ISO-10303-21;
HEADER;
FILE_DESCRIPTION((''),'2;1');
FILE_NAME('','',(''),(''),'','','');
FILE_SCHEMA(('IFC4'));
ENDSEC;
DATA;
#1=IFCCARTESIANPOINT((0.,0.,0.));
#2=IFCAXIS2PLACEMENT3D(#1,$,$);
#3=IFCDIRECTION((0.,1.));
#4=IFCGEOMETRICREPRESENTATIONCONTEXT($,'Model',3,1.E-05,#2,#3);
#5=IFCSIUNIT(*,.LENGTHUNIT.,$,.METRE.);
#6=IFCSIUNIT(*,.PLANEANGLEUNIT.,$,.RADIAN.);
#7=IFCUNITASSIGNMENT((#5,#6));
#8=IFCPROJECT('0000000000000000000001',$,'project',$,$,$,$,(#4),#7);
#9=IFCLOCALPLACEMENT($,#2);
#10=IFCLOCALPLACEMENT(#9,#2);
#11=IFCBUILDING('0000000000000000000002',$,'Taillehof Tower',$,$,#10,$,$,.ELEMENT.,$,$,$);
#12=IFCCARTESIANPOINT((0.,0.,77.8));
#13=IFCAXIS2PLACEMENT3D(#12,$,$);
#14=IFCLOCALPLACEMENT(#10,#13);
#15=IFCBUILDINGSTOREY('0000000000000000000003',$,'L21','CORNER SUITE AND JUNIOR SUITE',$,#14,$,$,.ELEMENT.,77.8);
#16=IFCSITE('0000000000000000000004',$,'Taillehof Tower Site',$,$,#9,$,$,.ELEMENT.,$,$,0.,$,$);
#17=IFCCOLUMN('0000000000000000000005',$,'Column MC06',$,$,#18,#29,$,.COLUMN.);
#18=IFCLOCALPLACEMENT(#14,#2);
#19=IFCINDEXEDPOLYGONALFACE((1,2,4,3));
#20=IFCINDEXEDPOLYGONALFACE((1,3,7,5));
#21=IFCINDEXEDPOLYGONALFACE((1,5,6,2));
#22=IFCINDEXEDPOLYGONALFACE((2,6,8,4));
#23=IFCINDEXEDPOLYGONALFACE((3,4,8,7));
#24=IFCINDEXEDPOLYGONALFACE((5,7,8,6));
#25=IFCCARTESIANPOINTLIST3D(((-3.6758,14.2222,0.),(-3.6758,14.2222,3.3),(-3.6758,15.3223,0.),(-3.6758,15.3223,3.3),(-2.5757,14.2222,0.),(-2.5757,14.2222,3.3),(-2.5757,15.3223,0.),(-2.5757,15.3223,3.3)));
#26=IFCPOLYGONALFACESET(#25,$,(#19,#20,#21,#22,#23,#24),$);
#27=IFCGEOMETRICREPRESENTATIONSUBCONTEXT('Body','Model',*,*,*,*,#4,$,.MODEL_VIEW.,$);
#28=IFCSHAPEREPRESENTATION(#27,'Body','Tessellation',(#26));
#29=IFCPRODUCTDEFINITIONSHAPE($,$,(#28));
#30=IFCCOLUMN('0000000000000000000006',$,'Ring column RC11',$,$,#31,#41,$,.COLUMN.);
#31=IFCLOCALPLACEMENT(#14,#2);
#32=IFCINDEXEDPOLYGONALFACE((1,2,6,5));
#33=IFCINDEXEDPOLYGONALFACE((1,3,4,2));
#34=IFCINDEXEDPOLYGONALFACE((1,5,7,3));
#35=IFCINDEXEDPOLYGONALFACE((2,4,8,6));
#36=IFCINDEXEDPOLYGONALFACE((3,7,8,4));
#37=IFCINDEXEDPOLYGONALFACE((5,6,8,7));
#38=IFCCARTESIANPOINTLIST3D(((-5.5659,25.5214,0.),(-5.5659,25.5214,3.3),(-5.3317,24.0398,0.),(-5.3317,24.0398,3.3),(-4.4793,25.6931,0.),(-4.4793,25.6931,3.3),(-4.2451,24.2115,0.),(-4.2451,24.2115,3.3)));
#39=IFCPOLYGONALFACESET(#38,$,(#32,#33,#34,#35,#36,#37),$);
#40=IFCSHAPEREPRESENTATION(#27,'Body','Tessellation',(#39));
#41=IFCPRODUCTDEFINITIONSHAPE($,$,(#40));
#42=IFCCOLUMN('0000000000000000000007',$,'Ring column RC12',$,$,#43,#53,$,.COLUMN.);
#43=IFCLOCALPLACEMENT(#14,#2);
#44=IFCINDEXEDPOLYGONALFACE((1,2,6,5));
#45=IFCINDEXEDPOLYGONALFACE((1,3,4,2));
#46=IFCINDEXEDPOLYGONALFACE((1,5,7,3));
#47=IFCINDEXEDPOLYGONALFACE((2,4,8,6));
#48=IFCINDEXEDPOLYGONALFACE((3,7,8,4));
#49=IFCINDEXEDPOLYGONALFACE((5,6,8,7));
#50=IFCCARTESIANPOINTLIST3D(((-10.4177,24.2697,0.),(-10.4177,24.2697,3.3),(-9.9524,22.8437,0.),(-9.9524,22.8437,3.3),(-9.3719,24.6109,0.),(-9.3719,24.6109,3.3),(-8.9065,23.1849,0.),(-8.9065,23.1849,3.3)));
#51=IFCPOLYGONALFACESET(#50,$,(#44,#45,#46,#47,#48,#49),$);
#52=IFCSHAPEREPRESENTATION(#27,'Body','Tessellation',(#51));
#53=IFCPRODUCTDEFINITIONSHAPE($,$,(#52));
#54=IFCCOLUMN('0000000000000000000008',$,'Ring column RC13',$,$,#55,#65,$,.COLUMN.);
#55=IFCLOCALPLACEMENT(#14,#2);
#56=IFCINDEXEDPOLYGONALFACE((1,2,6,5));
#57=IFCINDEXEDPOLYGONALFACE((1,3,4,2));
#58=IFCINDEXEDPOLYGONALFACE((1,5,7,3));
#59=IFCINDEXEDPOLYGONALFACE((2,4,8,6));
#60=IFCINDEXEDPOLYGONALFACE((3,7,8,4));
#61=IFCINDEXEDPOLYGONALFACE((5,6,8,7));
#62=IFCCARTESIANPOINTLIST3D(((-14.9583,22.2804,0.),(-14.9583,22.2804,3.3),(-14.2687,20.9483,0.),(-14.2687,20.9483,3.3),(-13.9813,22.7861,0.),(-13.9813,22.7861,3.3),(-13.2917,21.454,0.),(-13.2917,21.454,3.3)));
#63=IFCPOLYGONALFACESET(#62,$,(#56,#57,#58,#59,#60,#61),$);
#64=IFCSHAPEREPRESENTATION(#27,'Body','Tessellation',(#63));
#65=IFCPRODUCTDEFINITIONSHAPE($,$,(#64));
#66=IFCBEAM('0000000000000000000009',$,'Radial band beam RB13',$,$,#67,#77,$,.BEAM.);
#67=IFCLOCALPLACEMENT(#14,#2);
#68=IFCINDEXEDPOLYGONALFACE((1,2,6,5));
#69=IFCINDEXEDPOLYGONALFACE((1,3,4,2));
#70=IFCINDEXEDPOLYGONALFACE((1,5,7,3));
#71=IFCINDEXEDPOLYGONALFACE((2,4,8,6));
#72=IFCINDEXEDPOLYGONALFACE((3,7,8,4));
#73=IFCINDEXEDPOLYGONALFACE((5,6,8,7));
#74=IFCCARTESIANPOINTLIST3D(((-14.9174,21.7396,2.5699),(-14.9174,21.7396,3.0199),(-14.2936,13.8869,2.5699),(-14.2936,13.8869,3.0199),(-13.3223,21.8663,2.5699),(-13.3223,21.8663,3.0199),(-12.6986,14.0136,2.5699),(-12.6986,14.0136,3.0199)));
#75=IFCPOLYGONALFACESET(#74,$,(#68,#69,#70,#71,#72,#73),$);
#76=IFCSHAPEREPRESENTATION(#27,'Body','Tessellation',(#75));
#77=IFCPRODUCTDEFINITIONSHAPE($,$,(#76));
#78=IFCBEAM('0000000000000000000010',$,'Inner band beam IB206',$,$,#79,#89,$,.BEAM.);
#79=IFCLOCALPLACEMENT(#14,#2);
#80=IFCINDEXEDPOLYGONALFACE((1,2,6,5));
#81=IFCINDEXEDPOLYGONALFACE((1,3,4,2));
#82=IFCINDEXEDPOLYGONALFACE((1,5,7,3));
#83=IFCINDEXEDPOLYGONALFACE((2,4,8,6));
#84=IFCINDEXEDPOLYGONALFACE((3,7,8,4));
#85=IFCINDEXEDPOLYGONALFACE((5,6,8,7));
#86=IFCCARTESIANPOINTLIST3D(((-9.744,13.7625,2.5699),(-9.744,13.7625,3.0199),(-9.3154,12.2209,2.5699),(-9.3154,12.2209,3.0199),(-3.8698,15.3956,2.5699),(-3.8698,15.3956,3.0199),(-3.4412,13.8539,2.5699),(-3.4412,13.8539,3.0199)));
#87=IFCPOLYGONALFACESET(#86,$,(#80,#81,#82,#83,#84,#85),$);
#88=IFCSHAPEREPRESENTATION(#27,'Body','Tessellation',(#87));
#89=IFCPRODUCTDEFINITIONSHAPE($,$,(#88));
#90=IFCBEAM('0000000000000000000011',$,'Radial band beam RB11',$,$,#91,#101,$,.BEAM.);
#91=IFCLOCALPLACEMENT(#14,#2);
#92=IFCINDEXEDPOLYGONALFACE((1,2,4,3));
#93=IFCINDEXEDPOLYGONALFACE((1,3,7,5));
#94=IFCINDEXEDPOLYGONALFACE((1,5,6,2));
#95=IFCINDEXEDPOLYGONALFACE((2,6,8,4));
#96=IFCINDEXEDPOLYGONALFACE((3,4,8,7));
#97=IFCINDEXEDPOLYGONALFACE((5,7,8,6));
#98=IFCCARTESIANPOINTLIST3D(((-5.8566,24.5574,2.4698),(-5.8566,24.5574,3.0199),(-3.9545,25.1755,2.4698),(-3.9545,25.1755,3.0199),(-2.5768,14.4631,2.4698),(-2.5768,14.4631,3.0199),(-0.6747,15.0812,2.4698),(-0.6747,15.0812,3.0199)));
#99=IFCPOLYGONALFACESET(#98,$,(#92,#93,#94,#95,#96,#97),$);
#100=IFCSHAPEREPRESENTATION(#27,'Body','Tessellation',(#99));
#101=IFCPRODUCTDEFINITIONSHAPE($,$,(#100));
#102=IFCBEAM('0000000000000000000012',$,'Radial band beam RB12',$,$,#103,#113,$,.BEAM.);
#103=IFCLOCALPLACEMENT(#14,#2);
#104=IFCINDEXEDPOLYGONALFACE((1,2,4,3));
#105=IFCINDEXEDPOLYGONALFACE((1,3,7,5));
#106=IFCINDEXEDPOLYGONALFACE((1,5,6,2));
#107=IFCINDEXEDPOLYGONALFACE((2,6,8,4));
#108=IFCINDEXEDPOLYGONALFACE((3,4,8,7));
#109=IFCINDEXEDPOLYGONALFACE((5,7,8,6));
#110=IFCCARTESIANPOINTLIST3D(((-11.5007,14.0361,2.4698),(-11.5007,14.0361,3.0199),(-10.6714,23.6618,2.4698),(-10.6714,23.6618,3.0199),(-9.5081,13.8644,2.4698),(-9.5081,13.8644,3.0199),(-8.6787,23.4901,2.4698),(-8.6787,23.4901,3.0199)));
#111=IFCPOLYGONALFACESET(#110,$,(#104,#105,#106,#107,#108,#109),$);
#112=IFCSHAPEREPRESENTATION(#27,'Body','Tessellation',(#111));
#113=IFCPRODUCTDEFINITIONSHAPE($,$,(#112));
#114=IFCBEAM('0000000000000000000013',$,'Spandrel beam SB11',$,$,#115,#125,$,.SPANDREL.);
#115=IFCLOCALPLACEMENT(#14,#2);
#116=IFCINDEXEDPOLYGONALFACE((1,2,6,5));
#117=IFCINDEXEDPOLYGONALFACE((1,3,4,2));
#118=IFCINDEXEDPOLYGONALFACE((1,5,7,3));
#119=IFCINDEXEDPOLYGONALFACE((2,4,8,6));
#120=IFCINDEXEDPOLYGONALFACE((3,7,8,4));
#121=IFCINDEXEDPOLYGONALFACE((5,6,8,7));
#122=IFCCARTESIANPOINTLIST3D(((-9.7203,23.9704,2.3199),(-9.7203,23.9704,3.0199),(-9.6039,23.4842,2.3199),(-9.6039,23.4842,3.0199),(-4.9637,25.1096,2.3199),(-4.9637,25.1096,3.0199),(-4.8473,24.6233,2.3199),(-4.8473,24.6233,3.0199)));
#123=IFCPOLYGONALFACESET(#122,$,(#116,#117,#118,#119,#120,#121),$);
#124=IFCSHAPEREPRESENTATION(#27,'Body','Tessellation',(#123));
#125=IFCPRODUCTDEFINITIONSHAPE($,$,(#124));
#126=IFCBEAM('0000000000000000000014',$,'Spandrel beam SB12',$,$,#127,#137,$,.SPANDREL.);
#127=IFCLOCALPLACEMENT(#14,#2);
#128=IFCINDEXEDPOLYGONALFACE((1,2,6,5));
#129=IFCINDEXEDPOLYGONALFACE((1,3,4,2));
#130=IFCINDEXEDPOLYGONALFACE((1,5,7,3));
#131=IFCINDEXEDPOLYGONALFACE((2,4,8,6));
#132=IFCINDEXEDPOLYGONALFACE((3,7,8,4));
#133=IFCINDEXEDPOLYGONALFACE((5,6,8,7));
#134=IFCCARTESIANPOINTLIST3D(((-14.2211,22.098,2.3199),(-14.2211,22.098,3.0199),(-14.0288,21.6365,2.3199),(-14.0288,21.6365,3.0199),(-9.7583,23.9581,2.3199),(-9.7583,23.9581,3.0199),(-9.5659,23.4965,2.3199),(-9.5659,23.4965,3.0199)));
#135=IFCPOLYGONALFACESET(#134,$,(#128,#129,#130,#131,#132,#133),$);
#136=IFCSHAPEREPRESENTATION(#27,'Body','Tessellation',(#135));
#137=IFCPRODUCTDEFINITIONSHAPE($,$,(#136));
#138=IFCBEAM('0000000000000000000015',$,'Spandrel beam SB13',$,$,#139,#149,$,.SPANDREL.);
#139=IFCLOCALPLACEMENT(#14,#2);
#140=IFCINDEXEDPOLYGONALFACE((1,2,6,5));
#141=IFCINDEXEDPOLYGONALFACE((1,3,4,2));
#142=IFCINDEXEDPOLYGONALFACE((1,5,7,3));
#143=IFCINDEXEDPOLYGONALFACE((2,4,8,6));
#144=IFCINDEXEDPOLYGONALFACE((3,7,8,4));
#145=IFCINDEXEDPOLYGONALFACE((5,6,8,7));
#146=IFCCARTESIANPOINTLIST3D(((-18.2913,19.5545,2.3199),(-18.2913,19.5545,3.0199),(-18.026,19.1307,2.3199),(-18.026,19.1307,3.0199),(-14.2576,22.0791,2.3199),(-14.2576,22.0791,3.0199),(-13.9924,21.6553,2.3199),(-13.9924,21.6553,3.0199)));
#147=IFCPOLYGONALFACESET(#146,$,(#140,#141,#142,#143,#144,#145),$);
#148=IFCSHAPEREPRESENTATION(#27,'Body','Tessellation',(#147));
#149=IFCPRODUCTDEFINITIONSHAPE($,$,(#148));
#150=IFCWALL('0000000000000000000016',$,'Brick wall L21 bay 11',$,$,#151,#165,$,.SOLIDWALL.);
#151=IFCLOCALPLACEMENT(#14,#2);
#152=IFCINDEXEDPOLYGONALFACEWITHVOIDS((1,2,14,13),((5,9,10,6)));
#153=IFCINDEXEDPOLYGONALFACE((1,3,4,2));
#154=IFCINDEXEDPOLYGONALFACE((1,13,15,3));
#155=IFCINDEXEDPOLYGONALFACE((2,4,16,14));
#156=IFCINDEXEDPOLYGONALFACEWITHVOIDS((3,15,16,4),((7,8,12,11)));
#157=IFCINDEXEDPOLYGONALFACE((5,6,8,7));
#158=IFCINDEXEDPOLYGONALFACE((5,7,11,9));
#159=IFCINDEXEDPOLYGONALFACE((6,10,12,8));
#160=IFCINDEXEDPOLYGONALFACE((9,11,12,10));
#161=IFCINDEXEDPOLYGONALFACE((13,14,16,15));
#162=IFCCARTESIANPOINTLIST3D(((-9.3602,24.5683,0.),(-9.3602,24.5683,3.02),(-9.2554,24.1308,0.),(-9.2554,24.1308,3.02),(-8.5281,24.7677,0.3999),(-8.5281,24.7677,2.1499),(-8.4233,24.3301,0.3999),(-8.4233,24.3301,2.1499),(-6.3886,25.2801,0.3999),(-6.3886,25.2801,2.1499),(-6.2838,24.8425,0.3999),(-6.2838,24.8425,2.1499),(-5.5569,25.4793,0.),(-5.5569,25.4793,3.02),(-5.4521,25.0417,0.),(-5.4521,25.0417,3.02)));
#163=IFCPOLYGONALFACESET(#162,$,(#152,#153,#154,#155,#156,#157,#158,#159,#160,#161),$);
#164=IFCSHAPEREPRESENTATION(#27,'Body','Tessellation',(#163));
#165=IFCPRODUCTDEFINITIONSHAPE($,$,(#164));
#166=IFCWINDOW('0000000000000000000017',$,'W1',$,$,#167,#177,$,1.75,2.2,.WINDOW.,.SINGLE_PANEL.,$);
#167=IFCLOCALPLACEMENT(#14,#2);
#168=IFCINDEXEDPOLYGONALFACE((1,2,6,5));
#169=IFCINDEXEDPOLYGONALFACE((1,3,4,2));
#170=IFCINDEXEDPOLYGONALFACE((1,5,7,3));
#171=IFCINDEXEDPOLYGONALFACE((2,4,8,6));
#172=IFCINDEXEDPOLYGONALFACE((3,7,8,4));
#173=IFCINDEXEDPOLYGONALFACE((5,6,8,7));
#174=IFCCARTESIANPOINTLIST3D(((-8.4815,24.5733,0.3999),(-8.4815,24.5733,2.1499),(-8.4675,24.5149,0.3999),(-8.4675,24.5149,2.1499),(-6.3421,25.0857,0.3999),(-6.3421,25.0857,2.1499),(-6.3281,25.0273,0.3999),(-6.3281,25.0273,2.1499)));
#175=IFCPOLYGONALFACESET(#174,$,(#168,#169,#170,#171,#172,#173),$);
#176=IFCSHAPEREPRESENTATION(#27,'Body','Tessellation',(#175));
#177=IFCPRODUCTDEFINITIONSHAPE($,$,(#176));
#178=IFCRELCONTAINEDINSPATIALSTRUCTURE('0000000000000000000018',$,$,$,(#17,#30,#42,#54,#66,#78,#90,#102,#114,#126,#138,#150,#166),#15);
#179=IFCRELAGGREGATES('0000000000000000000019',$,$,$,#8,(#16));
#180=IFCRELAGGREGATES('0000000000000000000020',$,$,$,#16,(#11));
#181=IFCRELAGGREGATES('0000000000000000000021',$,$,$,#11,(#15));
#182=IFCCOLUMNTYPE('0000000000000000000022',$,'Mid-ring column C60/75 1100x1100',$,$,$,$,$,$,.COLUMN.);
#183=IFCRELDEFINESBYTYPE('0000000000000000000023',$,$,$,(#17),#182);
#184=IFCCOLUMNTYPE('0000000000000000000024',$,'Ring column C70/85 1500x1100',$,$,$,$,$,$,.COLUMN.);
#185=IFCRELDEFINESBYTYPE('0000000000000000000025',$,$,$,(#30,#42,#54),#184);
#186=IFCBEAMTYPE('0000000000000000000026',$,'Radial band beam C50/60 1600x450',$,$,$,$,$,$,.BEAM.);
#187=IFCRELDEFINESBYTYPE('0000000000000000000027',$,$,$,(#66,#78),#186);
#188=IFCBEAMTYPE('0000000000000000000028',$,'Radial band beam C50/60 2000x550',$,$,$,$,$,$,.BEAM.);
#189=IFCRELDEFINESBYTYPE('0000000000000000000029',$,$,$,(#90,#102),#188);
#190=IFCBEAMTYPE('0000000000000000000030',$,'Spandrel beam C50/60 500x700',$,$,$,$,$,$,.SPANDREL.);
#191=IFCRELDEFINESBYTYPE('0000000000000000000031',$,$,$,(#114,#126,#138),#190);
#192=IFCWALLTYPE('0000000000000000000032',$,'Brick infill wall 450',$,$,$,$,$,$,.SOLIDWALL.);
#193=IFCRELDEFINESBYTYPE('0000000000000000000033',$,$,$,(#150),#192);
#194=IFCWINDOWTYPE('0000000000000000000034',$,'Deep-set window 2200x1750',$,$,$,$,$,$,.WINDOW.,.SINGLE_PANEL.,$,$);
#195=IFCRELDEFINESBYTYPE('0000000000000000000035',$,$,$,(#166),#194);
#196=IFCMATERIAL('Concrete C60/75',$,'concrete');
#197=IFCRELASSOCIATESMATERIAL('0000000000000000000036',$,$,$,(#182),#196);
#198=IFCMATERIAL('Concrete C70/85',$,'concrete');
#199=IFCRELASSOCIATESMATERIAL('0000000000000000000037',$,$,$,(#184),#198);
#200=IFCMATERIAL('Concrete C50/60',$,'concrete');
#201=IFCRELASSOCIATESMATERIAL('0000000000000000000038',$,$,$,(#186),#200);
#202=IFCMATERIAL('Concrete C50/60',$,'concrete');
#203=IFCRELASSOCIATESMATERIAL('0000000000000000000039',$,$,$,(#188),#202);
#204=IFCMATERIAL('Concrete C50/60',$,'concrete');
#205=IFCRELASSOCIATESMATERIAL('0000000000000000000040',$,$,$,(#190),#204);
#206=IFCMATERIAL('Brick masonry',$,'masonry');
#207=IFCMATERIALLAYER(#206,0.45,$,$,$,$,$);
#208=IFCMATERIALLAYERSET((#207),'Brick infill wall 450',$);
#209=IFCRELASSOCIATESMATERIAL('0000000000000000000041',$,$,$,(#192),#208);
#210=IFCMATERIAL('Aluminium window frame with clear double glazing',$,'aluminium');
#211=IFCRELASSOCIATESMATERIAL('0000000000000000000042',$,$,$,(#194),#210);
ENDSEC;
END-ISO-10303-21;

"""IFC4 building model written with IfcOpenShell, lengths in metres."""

from ifc_helpers import new_model, si_unit, direction, frame, frame_2d, origin, origin_2d, place, context, subcontext, project, spatial, rectangle, extrude, material, layer, layer_set, material_profile, profile_set, type_object, element, fill, save


model = new_model("IFC4")

# Units and contexts
model_context = context("Model", 3, precision=1e-05, world=origin(), true_north=direction((0.0, 1.0)))
body_context = subcontext(model_context, "Body", "Model", "MODEL_VIEW")
ifc_project = project(units=[si_unit("LENGTHUNIT", "METRE"), si_unit("PLANEANGLEUNIT", "RADIAN")], contexts=[model_context])

# Site, building, storey
site_placement = place(None, origin())
site = spatial("IfcSite", under=ifc_project, at=site_placement, Name="Taillehof Tower Site", CompositionType="ELEMENT", RefElevation=0.0)
building_placement = place(site_placement, origin())
building = spatial("IfcBuilding", under=site, at=building_placement, Name="Taillehof Tower", CompositionType="ELEMENT")
storey_placement = place(building_placement, frame((0.0, 0.0, 77.8)))
storey = spatial("IfcBuildingStorey", under=building, at=storey_placement, Name="L21", Description="CORNER SUITE AND JUNIOR SUITE", CompositionType="ELEMENT", Elevation=77.8)

# Columns
ifc_material_1 = material(Name="Concrete C60/75", Category="concrete")
ifc_material_profile_1 = material_profile(ifc_material_1, rectangle(XDim=1.1001, YDim=1.1001, at=origin_2d()), Name="RC 1100x1100")
ifc_profile_set_1 = profile_set([ifc_material_profile_1], Name="Concrete C60/75")
column_type_1 = type_object("IfcColumnType", Name="Mid-ring column C60/75 1100x1100", PredefinedType="COLUMN", material=ifc_profile_set_1)
column_placement = place(storey_placement, frame((-3.1257, 14.7722, 0.0), z_axis=(0.0, 0.0, 1.0), x_axis=(1.0, 0.0, 0.0)))
element("IfcColumn", 1, at=column_placement, inside=storey, type_object=column_type_1, Name="Column MC06", PredefinedType="COLUMN", context=body_context, shape_type="SweptSolid", body=[
    extrude(rectangle(XDim=1.1001, YDim=1.1001, at=origin_2d()), origin(), (0.0, 0.0, 1.0), 3.3),
])
ifc_material_2 = material(Name="Concrete C70/85", Category="concrete")
ifc_material_profile_2 = material_profile(ifc_material_2, rectangle(XDim=1.5, YDim=1.1001, at=origin_2d()), Name="RC 1500x1100")
ifc_profile_set_2 = profile_set([ifc_material_profile_2], Name="Concrete C70/85")
column_type_2 = type_object("IfcColumnType", Name="Ring column C70/85 1500x1100", PredefinedType="COLUMN", material=ifc_profile_set_2)
for number, where, z_axis, x_axis, name in (
    (2, (-4.9055, 24.8665, 0.0), (0.0, 0.0, 1.0), (-0.156147, 0.987734, 0.0), "Ring column RC11"),
    (3, (-9.6621, 23.7273, 0.0), (0.0, 0.0, 1.0), (-0.310219, 0.950665, 0.0), "Ring column RC12"),
    (4, (-14.125, 21.8672, 0.0), (0.0, 0.0, 1.0), (-0.459691, 0.888079, 0.0), "Ring column RC13"),
):
    element("IfcColumn", number, at=place(storey_placement, frame(where, z_axis=z_axis, x_axis=x_axis)), inside=storey, type_object=column_type_2, Name=name, PredefinedType="COLUMN", context=body_context, shape_type="SweptSolid", body=[
        extrude(rectangle(XDim=1.5, YDim=1.1001, at=origin_2d()), origin(), (0.0, 0.0, 1.0), 3.3),
    ])

# Beams
ifc_material_3 = material(Name="Concrete C50/60", Category="concrete")
ifc_material_profile_3 = material_profile(ifc_material_3, rectangle(XDim=1.6001, YDim=0.45, at=origin_2d()), Name="RC 1600x450")
ifc_profile_set_3 = profile_set([ifc_material_profile_3], Name="Concrete C50/60")
beam_type_1 = type_object("IfcBeamType", Name="Radial band beam C50/60 1600x450", PredefinedType="BEAM", material=ifc_profile_set_3)
beam_1_placement = place(storey_placement, frame((-14.1199, 21.803, 2.7949), z_axis=(0.079185, -0.99686, 0.0), x_axis=(0.99686, 0.079185, 0.0)))
element("IfcBeam", 5, at=beam_1_placement, inside=storey, type_object=beam_type_1, Name="Radial band beam RB13", PredefinedType="BEAM", context=body_context, shape_type="SweptSolid", body=[
    extrude(rectangle(XDim=1.6001, YDim=0.45, at=origin_2d()), origin(), (0.0, 0.0, 1.0), 7.8774),
])
beam_2_placement = place(storey_placement, frame((-3.6555, 14.6248, 2.7949), z_axis=(-0.963459, -0.267855, 0.0), x_axis=(0.267855, -0.963459, 0.0)))
element("IfcBeam", 6, at=beam_2_placement, inside=storey, type_object=beam_type_1, Name="Inner band beam IB206", PredefinedType="BEAM", context=body_context, shape_type="SweptSolid", body=[
    extrude(rectangle(XDim=1.6001, YDim=0.45, at=origin_2d()), origin(), (0.0, 0.0, 1.0), 6.0969),
])
ifc_material_4 = material(Name="Concrete C50/60", Category="concrete")
ifc_material_profile_4 = material_profile(ifc_material_4, rectangle(XDim=2.0, YDim=0.55, at=origin_2d()), Name="RC 2000x550")
ifc_profile_set_4 = profile_set([ifc_material_profile_4], Name="Concrete C50/60")
beam_type_2 = type_object("IfcBeamType", Name="Radial band beam C50/60 2000x550", PredefinedType="BEAM", material=ifc_profile_set_4)
beam_3_placement = place(storey_placement, frame((-4.9055, 24.8665, 2.7449), z_axis=(0.309014, -0.951057, 0.0), x_axis=(0.951057, 0.309014, 0.0)))
element("IfcBeam", 7, at=beam_3_placement, inside=storey, type_object=beam_type_2, Name="Radial band beam RB11", PredefinedType="BEAM", context=body_context, shape_type="SweptSolid", body=[
    extrude(rectangle(XDim=2.0, YDim=0.55, at=origin_2d()), origin(), (0.0, 0.0, 1.0), 10.6138),
])
beam_4_placement = place(storey_placement, frame((-9.675, 23.5759, 2.7449), z_axis=(-0.085841, -0.996309, 0.0), x_axis=(0.996309, -0.085841, 0.0)))
element("IfcBeam", 8, at=beam_4_placement, inside=storey, type_object=beam_type_2, Name="Radial band beam RB12", PredefinedType="BEAM", context=body_context, shape_type="SweptSolid", body=[
    extrude(rectangle(XDim=2.0, YDim=0.55, at=origin_2d()), origin(), (0.0, 0.0, 1.0), 9.6614),
])
ifc_material_5 = material(Name="Concrete C50/60", Category="concrete")
ifc_material_profile_5 = material_profile(ifc_material_5, rectangle(XDim=0.5, YDim=0.7, at=origin_2d()), Name="RC 500x700")
ifc_profile_set_5 = profile_set([ifc_material_profile_5], Name="Concrete C50/60")
beam_type_3 = type_object("IfcBeamType", Name="Spandrel beam C50/60 500x700", PredefinedType="SPANDREL", material=ifc_profile_set_5)
beam_5_placement = place(storey_placement, frame((-4.9055, 24.8665, 2.6699), z_axis=(-0.9725, -0.232905, 0.0), x_axis=(0.232905, -0.9725, 0.0)))
element("IfcBeam", 9, at=beam_5_placement, inside=storey, type_object=beam_type_3, Name="Spandrel beam SB11", PredefinedType="SPANDREL", context=body_context, shape_type="SweptSolid", body=[
    extrude(rectangle(XDim=0.5, YDim=0.7, at=origin_2d()), origin(), (0.0, 0.0, 1.0), 4.8911),
])
beam_6_placement = place(storey_placement, frame((-9.6621, 23.7273, 2.6699), z_axis=(-0.923035, -0.384716, 0.0), x_axis=(0.384716, -0.923035, 0.0)))
element("IfcBeam", 10, at=beam_6_placement, inside=storey, type_object=beam_type_3, Name="Spandrel beam SB12", PredefinedType="SPANDREL", context=body_context, shape_type="SweptSolid", body=[
    extrude(rectangle(XDim=0.5, YDim=0.7, at=origin_2d()), origin(), (0.0, 0.0, 1.0), 4.835),
])
beam_7_placement = place(storey_placement, frame((-14.125, 21.8672, 2.6699), z_axis=(-0.847658, -0.530543, 0.0), x_axis=(0.530543, -0.847658, 0.0)))
element("IfcBeam", 11, at=beam_7_placement, inside=storey, type_object=beam_type_3, Name="Spandrel beam SB13", PredefinedType="SPANDREL", context=body_context, shape_type="SweptSolid", body=[
    extrude(rectangle(XDim=0.5, YDim=0.7, at=origin_2d()), origin(), (0.0, 0.0, 1.0), 4.7585),
])

# Wall, opening, window
ifc_material_6 = material(Name="Brick masonry", Category="masonry")
ifc_layer_1 = layer(ifc_material_6, 0.45)
ifc_layer_set_1 = layer_set([ifc_layer_1], Name="Brick infill wall 450")
wall_type_1 = type_object("IfcWallType", Name="Brick infill wall 450", PredefinedType="SOLIDWALL", material=ifc_layer_set_1)
wall_1_placement = place(storey_placement, frame((-5.5044, 25.2605, 0.0), z_axis=(0.0, 0.0, 1.0), x_axis=(-0.972497, -0.232917, 0.0)))
wall_1 = element("IfcWall", 12, at=wall_1_placement, inside=storey, type_object=wall_type_1, Name="Brick wall L21 bay 11", PredefinedType="SOLIDWALL", context=body_context, shape_type="SweptSolid", body=[
    extrude(rectangle(XDim=3.9109, YDim=0.45, at=frame_2d((1.9556, 0.0))), origin(), (0.0, 0.0, 1.0), 3.02),
])
opening_1_placement = place(wall_1_placement, frame((0.8552, 0.0, 0.3999)))
opening_1 = element("IfcOpeningElement", 13, at=opening_1_placement, cuts=wall_1, PredefinedType="OPENING", context=body_context, shape_type="SweptSolid", body=[
    extrude(rectangle(XDim=2.2, YDim=1.75, at=frame_2d((1.1001, 0.875))), frame((0.0, 0.2349, 0.0), z_axis=(0.0, -1.0, 0.0), x_axis=(1.0, 0.0, 0.0)), (0.0, 0.0, 1.0), 0.47),
])
ifc_material_7 = material(Name="Aluminium window frame with clear double glazing", Category="aluminium")
window_type = type_object("IfcWindowType", Name="Deep-set window 2200x1750", PartitioningType="SINGLE_PANEL", PredefinedType="WINDOW", material=ifc_material_7)
window_1_placement = place(opening_1_placement, origin())
window_1 = element("IfcWindow", 14, at=window_1_placement, inside=storey, type_object=window_type, Name="W1", OverallHeight=1.75, OverallWidth=2.2, PartitioningType="SINGLE_PANEL", PredefinedType="WINDOW", context=body_context, shape_type="SweptSolid", body=[
    extrude(rectangle(XDim=2.2, YDim=1.75, at=frame_2d((1.1001, 0.875))), frame((0.0, 0.0349, 0.0), z_axis=(0.0, -1.0, 0.0), x_axis=(1.0, 0.0, 0.0)), (0.0, 0.0, 1.0), 0.0601),
])
fill(opening_1, window_1)

save(model, "model.ifc")
